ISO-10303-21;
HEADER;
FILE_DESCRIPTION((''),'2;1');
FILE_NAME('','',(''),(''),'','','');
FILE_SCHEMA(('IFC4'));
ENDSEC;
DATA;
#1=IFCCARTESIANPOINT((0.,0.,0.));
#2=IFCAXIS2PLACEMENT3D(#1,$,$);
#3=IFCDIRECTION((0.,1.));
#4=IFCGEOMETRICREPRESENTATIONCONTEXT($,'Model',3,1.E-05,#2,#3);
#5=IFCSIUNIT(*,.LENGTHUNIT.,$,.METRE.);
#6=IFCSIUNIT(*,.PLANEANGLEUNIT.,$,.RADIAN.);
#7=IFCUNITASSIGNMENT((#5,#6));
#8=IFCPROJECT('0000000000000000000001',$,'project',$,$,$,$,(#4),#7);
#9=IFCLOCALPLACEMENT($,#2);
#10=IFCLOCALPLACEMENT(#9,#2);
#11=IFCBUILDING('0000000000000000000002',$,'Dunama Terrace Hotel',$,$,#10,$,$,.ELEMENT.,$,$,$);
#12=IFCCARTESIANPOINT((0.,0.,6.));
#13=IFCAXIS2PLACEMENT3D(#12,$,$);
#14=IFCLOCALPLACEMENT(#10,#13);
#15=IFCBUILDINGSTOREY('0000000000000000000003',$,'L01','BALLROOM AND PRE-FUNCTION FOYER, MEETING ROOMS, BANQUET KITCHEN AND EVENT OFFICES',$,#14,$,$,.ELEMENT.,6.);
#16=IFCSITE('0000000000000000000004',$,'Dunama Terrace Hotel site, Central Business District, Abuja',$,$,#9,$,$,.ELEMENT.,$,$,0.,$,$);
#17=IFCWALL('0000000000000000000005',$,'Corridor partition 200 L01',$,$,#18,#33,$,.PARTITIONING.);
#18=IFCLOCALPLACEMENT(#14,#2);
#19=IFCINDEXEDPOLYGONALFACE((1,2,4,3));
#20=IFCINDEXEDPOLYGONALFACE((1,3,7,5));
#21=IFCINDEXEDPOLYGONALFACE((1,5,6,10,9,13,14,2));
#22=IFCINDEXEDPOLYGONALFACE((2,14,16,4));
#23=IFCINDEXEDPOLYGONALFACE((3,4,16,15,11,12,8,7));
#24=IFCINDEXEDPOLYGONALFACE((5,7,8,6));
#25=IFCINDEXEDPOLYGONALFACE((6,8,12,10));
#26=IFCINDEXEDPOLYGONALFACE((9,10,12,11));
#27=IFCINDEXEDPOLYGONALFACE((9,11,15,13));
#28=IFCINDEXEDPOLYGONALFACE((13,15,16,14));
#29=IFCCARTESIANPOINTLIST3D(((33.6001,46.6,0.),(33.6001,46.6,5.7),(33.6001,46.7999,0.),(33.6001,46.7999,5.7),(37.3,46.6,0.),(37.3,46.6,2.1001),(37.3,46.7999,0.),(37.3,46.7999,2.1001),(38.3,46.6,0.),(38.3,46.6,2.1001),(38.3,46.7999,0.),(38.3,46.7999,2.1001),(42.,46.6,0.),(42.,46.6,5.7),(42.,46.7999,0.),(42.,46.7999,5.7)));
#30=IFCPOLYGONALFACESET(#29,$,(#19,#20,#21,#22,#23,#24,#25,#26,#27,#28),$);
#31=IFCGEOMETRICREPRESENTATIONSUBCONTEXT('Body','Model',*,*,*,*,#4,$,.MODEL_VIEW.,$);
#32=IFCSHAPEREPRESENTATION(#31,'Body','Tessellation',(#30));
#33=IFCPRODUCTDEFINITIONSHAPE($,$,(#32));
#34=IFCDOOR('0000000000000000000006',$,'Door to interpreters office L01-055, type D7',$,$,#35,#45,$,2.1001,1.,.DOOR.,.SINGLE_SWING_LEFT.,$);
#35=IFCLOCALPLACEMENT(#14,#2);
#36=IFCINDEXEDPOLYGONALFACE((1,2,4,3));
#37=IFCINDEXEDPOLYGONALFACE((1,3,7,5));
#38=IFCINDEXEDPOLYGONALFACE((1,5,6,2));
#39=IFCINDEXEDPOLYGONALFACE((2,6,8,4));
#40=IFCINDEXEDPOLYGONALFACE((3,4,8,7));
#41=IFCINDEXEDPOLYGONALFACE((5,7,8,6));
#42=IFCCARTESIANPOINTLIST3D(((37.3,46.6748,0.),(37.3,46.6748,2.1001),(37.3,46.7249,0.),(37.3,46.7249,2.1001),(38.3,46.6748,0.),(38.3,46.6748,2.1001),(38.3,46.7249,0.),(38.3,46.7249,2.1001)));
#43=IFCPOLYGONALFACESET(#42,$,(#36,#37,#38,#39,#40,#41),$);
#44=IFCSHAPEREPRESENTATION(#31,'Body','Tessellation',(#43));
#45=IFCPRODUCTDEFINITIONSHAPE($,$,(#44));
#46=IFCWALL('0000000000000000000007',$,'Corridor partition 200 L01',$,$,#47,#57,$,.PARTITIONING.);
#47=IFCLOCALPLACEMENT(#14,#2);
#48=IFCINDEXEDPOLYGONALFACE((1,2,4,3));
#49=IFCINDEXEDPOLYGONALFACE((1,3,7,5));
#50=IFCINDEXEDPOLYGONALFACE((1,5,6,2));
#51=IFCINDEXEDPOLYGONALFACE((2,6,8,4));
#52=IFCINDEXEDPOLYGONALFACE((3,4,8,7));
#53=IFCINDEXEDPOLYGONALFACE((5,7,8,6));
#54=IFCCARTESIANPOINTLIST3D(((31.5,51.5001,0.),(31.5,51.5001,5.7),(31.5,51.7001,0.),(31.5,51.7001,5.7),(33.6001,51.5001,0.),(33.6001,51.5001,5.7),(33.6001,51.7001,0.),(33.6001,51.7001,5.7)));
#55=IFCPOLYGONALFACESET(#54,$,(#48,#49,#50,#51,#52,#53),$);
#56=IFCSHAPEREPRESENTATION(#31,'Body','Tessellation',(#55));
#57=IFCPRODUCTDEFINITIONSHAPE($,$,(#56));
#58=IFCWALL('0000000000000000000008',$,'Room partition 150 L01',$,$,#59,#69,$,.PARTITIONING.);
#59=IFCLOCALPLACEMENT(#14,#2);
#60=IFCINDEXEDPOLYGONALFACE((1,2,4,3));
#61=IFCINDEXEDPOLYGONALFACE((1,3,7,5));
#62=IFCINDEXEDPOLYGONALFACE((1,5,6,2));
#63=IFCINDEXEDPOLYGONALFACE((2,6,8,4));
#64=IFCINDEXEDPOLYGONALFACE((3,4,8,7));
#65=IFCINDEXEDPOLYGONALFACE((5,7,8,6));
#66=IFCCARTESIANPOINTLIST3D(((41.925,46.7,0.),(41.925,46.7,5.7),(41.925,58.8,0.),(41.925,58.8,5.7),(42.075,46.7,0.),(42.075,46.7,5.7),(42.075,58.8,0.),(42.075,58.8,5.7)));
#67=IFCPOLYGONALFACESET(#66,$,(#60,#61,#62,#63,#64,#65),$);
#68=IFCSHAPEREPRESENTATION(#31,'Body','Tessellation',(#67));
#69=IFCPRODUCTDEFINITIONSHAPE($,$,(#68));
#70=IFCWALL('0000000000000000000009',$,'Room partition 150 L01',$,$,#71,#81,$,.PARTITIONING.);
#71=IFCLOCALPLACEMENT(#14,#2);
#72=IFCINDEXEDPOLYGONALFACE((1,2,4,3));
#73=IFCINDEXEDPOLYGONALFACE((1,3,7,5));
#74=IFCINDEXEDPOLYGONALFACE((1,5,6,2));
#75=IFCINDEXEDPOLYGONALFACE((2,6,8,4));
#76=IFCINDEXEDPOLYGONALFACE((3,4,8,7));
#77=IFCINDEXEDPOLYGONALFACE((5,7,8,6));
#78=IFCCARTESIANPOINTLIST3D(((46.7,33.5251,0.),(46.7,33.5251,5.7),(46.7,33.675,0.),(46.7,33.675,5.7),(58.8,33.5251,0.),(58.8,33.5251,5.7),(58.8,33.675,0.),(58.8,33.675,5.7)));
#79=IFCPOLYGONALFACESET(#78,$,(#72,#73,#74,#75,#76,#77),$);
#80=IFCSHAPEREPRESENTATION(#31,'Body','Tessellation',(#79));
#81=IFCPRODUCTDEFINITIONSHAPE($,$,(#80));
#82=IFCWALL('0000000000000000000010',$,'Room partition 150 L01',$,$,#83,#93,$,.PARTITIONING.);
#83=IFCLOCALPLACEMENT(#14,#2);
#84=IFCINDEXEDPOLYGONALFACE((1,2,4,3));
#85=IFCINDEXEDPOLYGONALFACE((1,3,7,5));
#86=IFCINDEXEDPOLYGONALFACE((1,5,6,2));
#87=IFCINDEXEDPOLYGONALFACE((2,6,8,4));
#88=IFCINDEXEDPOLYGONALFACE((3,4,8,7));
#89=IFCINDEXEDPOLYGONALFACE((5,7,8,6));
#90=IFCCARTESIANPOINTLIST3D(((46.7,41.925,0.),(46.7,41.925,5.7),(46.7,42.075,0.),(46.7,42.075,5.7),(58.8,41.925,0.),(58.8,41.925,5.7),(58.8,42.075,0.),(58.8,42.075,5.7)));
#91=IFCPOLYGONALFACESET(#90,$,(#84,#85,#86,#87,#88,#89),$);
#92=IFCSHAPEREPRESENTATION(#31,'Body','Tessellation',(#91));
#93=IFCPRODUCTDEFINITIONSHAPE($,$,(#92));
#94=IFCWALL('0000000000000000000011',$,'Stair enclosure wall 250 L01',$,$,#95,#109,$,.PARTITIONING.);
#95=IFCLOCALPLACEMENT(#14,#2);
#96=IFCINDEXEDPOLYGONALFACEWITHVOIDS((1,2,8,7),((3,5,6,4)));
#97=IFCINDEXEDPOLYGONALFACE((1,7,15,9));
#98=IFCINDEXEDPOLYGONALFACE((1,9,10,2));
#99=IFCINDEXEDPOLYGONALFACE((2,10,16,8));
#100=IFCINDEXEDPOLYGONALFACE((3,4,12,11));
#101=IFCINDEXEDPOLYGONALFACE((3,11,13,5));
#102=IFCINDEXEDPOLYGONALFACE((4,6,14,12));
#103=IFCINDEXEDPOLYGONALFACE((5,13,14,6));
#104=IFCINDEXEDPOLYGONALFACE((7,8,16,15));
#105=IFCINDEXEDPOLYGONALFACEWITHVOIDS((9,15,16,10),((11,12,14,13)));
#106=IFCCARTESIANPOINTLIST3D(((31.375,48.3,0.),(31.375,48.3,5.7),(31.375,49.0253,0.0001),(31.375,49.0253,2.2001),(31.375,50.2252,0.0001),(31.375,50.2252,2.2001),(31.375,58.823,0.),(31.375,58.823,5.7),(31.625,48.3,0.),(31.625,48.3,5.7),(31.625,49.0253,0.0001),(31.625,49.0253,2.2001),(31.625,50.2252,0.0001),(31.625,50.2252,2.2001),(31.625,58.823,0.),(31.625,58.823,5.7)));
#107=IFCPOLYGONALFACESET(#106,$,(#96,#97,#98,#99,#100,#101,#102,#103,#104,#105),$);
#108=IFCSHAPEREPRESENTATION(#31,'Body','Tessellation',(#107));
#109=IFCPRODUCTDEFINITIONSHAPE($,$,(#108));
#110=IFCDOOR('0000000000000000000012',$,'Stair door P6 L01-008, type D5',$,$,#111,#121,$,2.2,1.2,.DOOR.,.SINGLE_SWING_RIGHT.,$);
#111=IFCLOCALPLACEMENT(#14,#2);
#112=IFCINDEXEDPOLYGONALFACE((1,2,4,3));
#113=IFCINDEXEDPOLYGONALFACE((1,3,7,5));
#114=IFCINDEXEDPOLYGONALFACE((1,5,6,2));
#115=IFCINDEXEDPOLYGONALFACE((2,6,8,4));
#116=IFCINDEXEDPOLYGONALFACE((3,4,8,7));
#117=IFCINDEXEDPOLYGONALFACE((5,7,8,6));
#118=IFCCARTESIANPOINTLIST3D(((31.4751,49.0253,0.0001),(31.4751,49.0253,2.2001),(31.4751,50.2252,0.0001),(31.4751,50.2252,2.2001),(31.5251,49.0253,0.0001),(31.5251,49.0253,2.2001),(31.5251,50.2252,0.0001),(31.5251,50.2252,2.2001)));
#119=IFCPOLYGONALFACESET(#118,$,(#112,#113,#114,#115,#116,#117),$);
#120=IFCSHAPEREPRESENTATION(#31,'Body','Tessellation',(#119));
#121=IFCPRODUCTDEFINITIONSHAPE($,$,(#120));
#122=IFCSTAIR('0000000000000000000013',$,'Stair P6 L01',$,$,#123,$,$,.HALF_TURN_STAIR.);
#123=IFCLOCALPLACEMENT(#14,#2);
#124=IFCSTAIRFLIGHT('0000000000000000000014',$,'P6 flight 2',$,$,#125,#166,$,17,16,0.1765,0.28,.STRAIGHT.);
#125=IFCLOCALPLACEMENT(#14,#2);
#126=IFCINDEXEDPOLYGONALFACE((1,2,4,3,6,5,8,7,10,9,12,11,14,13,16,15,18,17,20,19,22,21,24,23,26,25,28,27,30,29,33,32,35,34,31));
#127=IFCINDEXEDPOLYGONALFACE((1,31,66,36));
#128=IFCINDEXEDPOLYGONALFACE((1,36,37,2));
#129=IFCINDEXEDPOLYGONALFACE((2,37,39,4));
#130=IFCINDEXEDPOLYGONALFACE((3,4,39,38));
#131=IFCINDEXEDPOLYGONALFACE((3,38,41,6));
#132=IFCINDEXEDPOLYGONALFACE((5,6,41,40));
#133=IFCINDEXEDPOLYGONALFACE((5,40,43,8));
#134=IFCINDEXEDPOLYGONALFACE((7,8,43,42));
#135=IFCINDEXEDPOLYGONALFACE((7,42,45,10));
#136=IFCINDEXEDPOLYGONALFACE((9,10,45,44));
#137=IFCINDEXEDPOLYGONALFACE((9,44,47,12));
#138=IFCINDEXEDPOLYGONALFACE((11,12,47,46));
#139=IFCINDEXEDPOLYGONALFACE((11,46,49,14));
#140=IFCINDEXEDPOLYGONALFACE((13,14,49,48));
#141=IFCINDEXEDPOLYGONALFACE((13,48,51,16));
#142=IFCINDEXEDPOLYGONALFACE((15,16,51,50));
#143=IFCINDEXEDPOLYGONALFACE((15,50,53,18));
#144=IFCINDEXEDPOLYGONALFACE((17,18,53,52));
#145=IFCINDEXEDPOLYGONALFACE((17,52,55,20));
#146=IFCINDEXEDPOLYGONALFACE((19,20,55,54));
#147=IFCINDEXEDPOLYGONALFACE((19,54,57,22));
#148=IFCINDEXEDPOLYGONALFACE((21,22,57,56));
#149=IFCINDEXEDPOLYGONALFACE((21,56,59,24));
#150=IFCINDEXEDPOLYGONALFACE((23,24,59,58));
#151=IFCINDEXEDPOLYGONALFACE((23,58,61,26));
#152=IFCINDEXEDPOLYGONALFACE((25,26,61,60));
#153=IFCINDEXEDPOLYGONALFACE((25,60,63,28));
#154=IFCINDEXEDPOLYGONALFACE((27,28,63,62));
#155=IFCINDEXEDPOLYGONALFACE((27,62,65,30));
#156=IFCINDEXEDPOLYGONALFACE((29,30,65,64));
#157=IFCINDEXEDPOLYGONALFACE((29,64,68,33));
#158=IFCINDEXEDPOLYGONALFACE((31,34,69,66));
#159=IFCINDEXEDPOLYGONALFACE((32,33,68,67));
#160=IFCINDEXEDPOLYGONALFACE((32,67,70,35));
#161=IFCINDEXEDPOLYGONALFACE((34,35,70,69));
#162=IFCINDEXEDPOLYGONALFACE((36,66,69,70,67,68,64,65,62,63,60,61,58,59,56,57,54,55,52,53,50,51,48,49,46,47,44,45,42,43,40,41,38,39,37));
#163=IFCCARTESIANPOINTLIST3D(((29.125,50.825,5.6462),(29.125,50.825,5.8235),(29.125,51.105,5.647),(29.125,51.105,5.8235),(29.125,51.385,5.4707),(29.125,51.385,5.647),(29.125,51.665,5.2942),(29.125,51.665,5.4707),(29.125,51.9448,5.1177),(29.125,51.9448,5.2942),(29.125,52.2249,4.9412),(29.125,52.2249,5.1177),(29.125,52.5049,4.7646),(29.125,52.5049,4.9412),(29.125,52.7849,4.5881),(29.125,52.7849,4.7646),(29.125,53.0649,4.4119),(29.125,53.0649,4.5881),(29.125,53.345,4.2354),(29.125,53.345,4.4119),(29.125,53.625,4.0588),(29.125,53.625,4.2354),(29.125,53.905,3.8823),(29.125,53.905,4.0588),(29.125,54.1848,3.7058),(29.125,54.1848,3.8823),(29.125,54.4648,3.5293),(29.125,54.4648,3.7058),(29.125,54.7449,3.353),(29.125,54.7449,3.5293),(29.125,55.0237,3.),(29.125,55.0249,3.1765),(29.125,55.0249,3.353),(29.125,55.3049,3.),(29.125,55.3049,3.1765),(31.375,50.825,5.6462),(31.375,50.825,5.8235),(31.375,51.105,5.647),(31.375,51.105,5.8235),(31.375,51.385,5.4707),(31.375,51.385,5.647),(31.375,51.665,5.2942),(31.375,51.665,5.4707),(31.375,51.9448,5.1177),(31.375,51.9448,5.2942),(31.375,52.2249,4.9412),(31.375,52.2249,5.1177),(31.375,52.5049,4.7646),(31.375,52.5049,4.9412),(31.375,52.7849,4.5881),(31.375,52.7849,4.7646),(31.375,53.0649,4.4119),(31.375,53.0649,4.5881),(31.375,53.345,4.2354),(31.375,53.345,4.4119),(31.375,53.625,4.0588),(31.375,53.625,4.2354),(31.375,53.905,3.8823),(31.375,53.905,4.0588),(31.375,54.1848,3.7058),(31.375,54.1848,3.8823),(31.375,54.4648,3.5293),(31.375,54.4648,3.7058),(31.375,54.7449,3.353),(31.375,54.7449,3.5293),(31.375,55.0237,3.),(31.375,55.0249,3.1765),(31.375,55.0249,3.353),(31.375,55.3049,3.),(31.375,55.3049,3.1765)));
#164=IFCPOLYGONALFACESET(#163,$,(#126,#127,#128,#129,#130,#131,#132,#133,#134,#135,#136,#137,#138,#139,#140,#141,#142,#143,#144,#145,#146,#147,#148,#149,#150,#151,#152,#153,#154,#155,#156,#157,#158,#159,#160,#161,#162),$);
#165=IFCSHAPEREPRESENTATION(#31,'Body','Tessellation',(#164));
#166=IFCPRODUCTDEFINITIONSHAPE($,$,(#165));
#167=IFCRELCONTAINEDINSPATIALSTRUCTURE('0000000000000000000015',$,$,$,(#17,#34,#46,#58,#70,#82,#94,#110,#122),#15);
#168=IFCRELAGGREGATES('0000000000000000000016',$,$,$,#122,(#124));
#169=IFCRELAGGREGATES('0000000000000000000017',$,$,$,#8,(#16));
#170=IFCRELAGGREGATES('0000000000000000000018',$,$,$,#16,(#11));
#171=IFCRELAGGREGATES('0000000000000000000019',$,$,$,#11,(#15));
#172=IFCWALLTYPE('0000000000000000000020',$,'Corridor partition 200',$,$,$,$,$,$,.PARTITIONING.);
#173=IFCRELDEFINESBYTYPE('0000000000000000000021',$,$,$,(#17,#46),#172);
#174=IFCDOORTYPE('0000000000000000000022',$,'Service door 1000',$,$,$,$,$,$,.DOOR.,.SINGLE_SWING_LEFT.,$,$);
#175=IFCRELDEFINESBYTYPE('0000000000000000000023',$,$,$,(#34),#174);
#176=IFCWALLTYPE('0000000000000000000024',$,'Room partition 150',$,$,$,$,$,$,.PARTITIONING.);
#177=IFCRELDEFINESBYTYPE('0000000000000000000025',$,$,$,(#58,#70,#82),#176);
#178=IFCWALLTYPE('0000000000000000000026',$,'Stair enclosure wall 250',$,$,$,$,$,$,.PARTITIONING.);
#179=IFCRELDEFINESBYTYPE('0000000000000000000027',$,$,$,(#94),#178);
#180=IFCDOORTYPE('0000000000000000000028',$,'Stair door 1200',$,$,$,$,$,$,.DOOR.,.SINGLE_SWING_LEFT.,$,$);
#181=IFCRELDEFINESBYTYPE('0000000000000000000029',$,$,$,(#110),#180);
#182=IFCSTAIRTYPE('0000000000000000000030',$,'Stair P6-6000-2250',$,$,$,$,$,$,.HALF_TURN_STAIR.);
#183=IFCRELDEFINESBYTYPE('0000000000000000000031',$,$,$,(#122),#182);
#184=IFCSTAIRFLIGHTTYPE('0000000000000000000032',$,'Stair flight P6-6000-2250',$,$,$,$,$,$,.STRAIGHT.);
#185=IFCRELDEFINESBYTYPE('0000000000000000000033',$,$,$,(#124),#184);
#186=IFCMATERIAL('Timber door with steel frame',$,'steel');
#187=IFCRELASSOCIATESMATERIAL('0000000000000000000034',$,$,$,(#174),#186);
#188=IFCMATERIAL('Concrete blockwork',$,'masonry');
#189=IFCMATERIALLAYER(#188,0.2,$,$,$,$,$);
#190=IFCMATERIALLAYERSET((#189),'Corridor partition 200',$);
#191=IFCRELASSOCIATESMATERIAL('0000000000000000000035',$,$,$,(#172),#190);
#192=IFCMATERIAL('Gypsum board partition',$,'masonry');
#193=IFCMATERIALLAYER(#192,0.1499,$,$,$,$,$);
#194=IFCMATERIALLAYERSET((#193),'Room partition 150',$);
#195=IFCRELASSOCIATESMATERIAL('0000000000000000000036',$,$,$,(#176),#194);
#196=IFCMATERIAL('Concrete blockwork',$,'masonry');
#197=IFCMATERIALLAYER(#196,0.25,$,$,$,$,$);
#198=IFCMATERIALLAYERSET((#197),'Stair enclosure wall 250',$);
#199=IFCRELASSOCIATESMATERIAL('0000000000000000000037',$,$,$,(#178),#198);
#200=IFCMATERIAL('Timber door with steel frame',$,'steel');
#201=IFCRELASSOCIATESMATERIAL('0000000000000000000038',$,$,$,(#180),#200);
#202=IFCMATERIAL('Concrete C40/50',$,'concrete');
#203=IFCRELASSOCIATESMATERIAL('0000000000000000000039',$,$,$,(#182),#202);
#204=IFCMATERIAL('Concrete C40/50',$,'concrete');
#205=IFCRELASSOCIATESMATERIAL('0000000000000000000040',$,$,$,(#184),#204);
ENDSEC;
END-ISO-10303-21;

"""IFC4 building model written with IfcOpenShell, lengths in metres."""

from ifc_helpers import new_model, si_unit, direction, frame, frame_2d, origin, place, context, subcontext, project, spatial, polyline, rectangle, outline, extrude, material, layer, layer_set, type_object, element, fill, aggregate, save


model = new_model("IFC4")

# Units and contexts
model_context = context("Model", 3, precision=1e-05, world=origin(), true_north=direction((0.0, 1.0)))
body_context = subcontext(model_context, "Body", "Model", "MODEL_VIEW")
ifc_project = project(units=[si_unit("LENGTHUNIT", "METRE"), si_unit("PLANEANGLEUNIT", "RADIAN")], contexts=[model_context])

# Site, building, storey
site_placement = place(None, origin())
site = spatial("IfcSite", under=ifc_project, at=site_placement, Name="Dunama Terrace Hotel site, Central Business District, Abuja", CompositionType="ELEMENT", RefElevation=0.0)
building_placement = place(site_placement, origin())
building = spatial("IfcBuilding", under=site, at=building_placement, Name="Dunama Terrace Hotel", CompositionType="ELEMENT")
storey_placement = place(building_placement, frame((0.0, 0.0, 6.0)))
storey = spatial("IfcBuildingStorey", under=building, at=storey_placement, Name="L01", Description="BALLROOM AND PRE-FUNCTION FOYER, MEETING ROOMS, BANQUET KITCHEN AND EVENT OFFICES", CompositionType="ELEMENT", Elevation=6.0)

# Shared definitions
ifc_material_1 = material(Name="Timber door with steel frame", Category="steel")
door_type_1 = type_object("IfcDoorType", Name="Service door 1000", OperationType="SINGLE_SWING_LEFT", PredefinedType="DOOR", material=ifc_material_1)

# Shared definitions
ifc_material_2 = material(Name="Concrete blockwork", Category="masonry")
ifc_layer_1 = layer(ifc_material_2, 0.2)
ifc_layer_set_1 = layer_set([ifc_layer_1], Name="Corridor partition 200")
wall_type_1 = type_object("IfcWallType", Name="Corridor partition 200", PredefinedType="PARTITIONING", material=ifc_layer_set_1)

# Wall, opening, door
wall_1_placement = place(storey_placement, frame((33.6001, 46.7, 0.0), z_axis=(0.0, 0.0, 1.0), x_axis=(1.0, 0.0, 0.0)))
wall_1 = element("IfcWall", 1, at=wall_1_placement, inside=storey, type_object=wall_type_1, Name="Corridor partition 200 L01", PredefinedType="PARTITIONING", context=body_context, shape_type="SweptSolid", body=[
    extrude(rectangle(XDim=8.3999, YDim=0.2, at=frame_2d((4.2, 0.0))), origin(), (0.0, 0.0, 1.0), 5.7),
])
opening_1_placement = place(wall_1_placement, frame((3.7, 0.0, 0.0)))
opening_1 = element("IfcOpeningElement", 2, at=opening_1_placement, cuts=wall_1, PredefinedType="OPENING", context=body_context, shape_type="SweptSolid", body=[
    extrude(rectangle(XDim=1.0, YDim=2.1001, at=frame_2d((0.5, 1.05))), frame((0.0, 0.1099, 0.0), z_axis=(0.0, -1.0, 0.0), x_axis=(1.0, 0.0, 0.0)), (0.0, 0.0, 1.0), 0.22),
])
door_1_placement = place(opening_1_placement, origin())
door_1 = element("IfcDoor", 3, at=door_1_placement, inside=storey, type_object=door_type_1, Name="Door to interpreters office L01-055, type D7", OperationType="SINGLE_SWING_LEFT", OverallHeight=2.1001, OverallWidth=1.0, PredefinedType="DOOR", context=body_context, shape_type="SweptSolid", body=[
    extrude(rectangle(XDim=1.0, YDim=2.1001, at=frame_2d((0.5, 1.05))), frame((0.0, 0.0249, 0.0), z_axis=(0.0, -1.0, 0.0), x_axis=(1.0, 0.0, 0.0)), (0.0, 0.0, 1.0), 0.05),
])
fill(opening_1, door_1)

# Wall
wall_2_placement = place(storey_placement, frame((31.5, 51.6001, 0.0), z_axis=(0.0, 0.0, 1.0), x_axis=(1.0, 0.0, 0.0)))
element("IfcWall", 4, at=wall_2_placement, inside=storey, type_object=wall_type_1, Name="Corridor partition 200 L01", PredefinedType="PARTITIONING", context=body_context, shape_type="SweptSolid", body=[
    extrude(rectangle(XDim=2.1001, YDim=0.2, at=frame_2d((1.05, 0.0))), origin(), (0.0, 0.0, 1.0), 5.7),
])

# Walls
ifc_material_3 = material(Name="Gypsum board partition", Category="masonry")
ifc_layer_2 = layer(ifc_material_3, 0.1499)
ifc_layer_set_2 = layer_set([ifc_layer_2], Name="Room partition 150")
wall_type_2 = type_object("IfcWallType", Name="Room partition 150", PredefinedType="PARTITIONING", material=ifc_layer_set_2)
for number, where, z_axis, x_axis, name in (
    (5, (42.0, 46.7, 0.0), (0.0, 0.0, 1.0), (0.0, 1.0, 0.0), "Room partition 150 L01"),
    (6, (46.7, 33.6001, 0.0), (0.0, 0.0, 1.0), (1.0, 0.0, 0.0), "Room partition 150 L01"),
    (7, (46.7, 42.0, 0.0), (0.0, 0.0, 1.0), (1.0, 0.0, 0.0), "Room partition 150 L01"),
):
    element("IfcWall", number, at=place(storey_placement, frame(where, z_axis=z_axis, x_axis=x_axis)), inside=storey, type_object=wall_type_2, Name=name, PredefinedType="PARTITIONING", context=body_context, shape_type="SweptSolid", body=[
        extrude(rectangle(XDim=12.1001, YDim=0.1499, at=frame_2d((6.05, 0.0))), origin(), (0.0, 0.0, 1.0), 5.7),
    ])

# Wall, opening, door
ifc_material_4 = material(Name="Concrete blockwork", Category="masonry")
ifc_layer_3 = layer(ifc_material_4, 0.25)
ifc_layer_set_3 = layer_set([ifc_layer_3], Name="Stair enclosure wall 250")
wall_type_3 = type_object("IfcWallType", Name="Stair enclosure wall 250", PredefinedType="PARTITIONING", material=ifc_layer_set_3)
wall_3_placement = place(storey_placement, frame((31.5, 48.3, 0.0), z_axis=(0.0, 0.0, 1.0), x_axis=(0.0, 1.0, 0.0)))
wall_3 = element("IfcWall", 8, at=wall_3_placement, inside=storey, type_object=wall_type_3, Name="Stair enclosure wall 250 L01", PredefinedType="PARTITIONING", context=body_context, shape_type="SweptSolid", body=[
    extrude(rectangle(XDim=10.5229, YDim=0.25, at=frame_2d((5.2615, 0.0))), origin(), (0.0, 0.0, 1.0), 5.7),
])
opening_2_placement = place(wall_3_placement, frame((0.7251, 0.0, 0.0)))
opening_2 = element("IfcOpeningElement", 9, at=opening_2_placement, cuts=wall_3, PredefinedType="OPENING", context=body_context, shape_type="SweptSolid", body=[
    extrude(rectangle(XDim=1.2, YDim=2.2, at=frame_2d((0.6001, 1.1001))), frame((0.0, 0.135, 0.0), z_axis=(0.0, -1.0, 0.0), x_axis=(1.0, 0.0, 0.0)), (0.0, 0.0, 1.0), 0.27),
])
ifc_material_5 = material(Name="Timber door with steel frame", Category="steel")
door_type_2 = type_object("IfcDoorType", Name="Stair door 1200", OperationType="SINGLE_SWING_LEFT", PredefinedType="DOOR", material=ifc_material_5)
door_2_placement = place(opening_2_placement, origin())
door_2 = element("IfcDoor", 10, at=door_2_placement, inside=storey, type_object=door_type_2, Name="Stair door P6 L01-008, type D5", OperationType="SINGLE_SWING_RIGHT", OverallHeight=2.2, OverallWidth=1.2, PredefinedType="DOOR", context=body_context, shape_type="SweptSolid", body=[
    extrude(rectangle(XDim=1.2, YDim=2.2, at=frame_2d((0.6001, 1.1001))), frame((0.0, 0.0249, 0.0), z_axis=(0.0, -1.0, 0.0), x_axis=(1.0, 0.0, 0.0)), (0.0, 0.0, 1.0), 0.05),
])
fill(opening_2, door_2)

# Stair, stair flight
ifc_material_6 = material(Name="Concrete C40/50", Category="concrete")
stair_type = type_object("IfcStairType", Name="Stair P6-6000-2250", PredefinedType="HALF_TURN_STAIR", material=ifc_material_6)
stair_placement = place(storey_placement, origin())
stair = element("IfcStair", 11, at=stair_placement, inside=storey, type_object=stair_type, Name="Stair P6 L01", PredefinedType="HALF_TURN_STAIR")
ifc_material_7 = material(Name="Concrete C40/50", Category="concrete")
stair_flight_type = type_object("IfcStairFlightType", Name="Stair flight P6-6000-2250", PredefinedType="STRAIGHT", material=ifc_material_7)
stair_flight_placement = place(storey_placement, frame((30.25, 55.3049, 3.0), z_axis=(0.0, 0.0, 1.0), x_axis=(0.0, -1.0, 0.0)))
stair_flight = element("IfcStairFlight", 12, at=stair_flight_placement, type_object=stair_flight_type, Name="P6 flight 2", NumberOfRisers=17, NumberOfTreads=16, PredefinedType="STRAIGHT", RiserHeight=0.1765, TreadLength=0.28, context=body_context, shape_type="SweptSolid", body=[
    extrude(outline(polyline([(0.0, 0.0), (0.0, 0.1765), (0.28, 0.1765), (0.28, 0.353), (0.5601, 0.353), (0.5601, 0.5293), (0.8401, 0.5293), (0.8401, 0.7058), (1.1201, 0.7058), (1.1201, 0.8823), (1.3999, 0.8823), (1.3999, 1.0588), (1.6799, 1.0588), (1.6799, 1.2354), (1.96, 1.2354), (1.96, 1.4119), (2.24, 1.4119), (2.24, 1.5881), (2.52, 1.5881), (2.52, 1.7646), (2.8, 1.7646), (2.8, 1.9412), (3.0801, 1.9412), (3.0801, 2.1177), (3.3601, 2.1177), (3.3601, 2.2942), (3.6399, 2.2942), (3.6399, 2.4707), (3.9199, 2.4707), (3.9199, 2.647), (4.2, 2.647), (4.2, 2.8235), (4.48, 2.8235), (4.48, 3.0), (4.48, 2.6462), (0.2812, 0.0), (0.0, 0.0)])), frame((0.0, 1.125, 0.0), z_axis=(0.0, -1.0, 0.0), x_axis=(1.0, 0.0, 0.0)), (0.0, 0.0, 1.0), 2.25),
])
aggregate(stair, [stair_flight])

save(model, "model.ifc")
